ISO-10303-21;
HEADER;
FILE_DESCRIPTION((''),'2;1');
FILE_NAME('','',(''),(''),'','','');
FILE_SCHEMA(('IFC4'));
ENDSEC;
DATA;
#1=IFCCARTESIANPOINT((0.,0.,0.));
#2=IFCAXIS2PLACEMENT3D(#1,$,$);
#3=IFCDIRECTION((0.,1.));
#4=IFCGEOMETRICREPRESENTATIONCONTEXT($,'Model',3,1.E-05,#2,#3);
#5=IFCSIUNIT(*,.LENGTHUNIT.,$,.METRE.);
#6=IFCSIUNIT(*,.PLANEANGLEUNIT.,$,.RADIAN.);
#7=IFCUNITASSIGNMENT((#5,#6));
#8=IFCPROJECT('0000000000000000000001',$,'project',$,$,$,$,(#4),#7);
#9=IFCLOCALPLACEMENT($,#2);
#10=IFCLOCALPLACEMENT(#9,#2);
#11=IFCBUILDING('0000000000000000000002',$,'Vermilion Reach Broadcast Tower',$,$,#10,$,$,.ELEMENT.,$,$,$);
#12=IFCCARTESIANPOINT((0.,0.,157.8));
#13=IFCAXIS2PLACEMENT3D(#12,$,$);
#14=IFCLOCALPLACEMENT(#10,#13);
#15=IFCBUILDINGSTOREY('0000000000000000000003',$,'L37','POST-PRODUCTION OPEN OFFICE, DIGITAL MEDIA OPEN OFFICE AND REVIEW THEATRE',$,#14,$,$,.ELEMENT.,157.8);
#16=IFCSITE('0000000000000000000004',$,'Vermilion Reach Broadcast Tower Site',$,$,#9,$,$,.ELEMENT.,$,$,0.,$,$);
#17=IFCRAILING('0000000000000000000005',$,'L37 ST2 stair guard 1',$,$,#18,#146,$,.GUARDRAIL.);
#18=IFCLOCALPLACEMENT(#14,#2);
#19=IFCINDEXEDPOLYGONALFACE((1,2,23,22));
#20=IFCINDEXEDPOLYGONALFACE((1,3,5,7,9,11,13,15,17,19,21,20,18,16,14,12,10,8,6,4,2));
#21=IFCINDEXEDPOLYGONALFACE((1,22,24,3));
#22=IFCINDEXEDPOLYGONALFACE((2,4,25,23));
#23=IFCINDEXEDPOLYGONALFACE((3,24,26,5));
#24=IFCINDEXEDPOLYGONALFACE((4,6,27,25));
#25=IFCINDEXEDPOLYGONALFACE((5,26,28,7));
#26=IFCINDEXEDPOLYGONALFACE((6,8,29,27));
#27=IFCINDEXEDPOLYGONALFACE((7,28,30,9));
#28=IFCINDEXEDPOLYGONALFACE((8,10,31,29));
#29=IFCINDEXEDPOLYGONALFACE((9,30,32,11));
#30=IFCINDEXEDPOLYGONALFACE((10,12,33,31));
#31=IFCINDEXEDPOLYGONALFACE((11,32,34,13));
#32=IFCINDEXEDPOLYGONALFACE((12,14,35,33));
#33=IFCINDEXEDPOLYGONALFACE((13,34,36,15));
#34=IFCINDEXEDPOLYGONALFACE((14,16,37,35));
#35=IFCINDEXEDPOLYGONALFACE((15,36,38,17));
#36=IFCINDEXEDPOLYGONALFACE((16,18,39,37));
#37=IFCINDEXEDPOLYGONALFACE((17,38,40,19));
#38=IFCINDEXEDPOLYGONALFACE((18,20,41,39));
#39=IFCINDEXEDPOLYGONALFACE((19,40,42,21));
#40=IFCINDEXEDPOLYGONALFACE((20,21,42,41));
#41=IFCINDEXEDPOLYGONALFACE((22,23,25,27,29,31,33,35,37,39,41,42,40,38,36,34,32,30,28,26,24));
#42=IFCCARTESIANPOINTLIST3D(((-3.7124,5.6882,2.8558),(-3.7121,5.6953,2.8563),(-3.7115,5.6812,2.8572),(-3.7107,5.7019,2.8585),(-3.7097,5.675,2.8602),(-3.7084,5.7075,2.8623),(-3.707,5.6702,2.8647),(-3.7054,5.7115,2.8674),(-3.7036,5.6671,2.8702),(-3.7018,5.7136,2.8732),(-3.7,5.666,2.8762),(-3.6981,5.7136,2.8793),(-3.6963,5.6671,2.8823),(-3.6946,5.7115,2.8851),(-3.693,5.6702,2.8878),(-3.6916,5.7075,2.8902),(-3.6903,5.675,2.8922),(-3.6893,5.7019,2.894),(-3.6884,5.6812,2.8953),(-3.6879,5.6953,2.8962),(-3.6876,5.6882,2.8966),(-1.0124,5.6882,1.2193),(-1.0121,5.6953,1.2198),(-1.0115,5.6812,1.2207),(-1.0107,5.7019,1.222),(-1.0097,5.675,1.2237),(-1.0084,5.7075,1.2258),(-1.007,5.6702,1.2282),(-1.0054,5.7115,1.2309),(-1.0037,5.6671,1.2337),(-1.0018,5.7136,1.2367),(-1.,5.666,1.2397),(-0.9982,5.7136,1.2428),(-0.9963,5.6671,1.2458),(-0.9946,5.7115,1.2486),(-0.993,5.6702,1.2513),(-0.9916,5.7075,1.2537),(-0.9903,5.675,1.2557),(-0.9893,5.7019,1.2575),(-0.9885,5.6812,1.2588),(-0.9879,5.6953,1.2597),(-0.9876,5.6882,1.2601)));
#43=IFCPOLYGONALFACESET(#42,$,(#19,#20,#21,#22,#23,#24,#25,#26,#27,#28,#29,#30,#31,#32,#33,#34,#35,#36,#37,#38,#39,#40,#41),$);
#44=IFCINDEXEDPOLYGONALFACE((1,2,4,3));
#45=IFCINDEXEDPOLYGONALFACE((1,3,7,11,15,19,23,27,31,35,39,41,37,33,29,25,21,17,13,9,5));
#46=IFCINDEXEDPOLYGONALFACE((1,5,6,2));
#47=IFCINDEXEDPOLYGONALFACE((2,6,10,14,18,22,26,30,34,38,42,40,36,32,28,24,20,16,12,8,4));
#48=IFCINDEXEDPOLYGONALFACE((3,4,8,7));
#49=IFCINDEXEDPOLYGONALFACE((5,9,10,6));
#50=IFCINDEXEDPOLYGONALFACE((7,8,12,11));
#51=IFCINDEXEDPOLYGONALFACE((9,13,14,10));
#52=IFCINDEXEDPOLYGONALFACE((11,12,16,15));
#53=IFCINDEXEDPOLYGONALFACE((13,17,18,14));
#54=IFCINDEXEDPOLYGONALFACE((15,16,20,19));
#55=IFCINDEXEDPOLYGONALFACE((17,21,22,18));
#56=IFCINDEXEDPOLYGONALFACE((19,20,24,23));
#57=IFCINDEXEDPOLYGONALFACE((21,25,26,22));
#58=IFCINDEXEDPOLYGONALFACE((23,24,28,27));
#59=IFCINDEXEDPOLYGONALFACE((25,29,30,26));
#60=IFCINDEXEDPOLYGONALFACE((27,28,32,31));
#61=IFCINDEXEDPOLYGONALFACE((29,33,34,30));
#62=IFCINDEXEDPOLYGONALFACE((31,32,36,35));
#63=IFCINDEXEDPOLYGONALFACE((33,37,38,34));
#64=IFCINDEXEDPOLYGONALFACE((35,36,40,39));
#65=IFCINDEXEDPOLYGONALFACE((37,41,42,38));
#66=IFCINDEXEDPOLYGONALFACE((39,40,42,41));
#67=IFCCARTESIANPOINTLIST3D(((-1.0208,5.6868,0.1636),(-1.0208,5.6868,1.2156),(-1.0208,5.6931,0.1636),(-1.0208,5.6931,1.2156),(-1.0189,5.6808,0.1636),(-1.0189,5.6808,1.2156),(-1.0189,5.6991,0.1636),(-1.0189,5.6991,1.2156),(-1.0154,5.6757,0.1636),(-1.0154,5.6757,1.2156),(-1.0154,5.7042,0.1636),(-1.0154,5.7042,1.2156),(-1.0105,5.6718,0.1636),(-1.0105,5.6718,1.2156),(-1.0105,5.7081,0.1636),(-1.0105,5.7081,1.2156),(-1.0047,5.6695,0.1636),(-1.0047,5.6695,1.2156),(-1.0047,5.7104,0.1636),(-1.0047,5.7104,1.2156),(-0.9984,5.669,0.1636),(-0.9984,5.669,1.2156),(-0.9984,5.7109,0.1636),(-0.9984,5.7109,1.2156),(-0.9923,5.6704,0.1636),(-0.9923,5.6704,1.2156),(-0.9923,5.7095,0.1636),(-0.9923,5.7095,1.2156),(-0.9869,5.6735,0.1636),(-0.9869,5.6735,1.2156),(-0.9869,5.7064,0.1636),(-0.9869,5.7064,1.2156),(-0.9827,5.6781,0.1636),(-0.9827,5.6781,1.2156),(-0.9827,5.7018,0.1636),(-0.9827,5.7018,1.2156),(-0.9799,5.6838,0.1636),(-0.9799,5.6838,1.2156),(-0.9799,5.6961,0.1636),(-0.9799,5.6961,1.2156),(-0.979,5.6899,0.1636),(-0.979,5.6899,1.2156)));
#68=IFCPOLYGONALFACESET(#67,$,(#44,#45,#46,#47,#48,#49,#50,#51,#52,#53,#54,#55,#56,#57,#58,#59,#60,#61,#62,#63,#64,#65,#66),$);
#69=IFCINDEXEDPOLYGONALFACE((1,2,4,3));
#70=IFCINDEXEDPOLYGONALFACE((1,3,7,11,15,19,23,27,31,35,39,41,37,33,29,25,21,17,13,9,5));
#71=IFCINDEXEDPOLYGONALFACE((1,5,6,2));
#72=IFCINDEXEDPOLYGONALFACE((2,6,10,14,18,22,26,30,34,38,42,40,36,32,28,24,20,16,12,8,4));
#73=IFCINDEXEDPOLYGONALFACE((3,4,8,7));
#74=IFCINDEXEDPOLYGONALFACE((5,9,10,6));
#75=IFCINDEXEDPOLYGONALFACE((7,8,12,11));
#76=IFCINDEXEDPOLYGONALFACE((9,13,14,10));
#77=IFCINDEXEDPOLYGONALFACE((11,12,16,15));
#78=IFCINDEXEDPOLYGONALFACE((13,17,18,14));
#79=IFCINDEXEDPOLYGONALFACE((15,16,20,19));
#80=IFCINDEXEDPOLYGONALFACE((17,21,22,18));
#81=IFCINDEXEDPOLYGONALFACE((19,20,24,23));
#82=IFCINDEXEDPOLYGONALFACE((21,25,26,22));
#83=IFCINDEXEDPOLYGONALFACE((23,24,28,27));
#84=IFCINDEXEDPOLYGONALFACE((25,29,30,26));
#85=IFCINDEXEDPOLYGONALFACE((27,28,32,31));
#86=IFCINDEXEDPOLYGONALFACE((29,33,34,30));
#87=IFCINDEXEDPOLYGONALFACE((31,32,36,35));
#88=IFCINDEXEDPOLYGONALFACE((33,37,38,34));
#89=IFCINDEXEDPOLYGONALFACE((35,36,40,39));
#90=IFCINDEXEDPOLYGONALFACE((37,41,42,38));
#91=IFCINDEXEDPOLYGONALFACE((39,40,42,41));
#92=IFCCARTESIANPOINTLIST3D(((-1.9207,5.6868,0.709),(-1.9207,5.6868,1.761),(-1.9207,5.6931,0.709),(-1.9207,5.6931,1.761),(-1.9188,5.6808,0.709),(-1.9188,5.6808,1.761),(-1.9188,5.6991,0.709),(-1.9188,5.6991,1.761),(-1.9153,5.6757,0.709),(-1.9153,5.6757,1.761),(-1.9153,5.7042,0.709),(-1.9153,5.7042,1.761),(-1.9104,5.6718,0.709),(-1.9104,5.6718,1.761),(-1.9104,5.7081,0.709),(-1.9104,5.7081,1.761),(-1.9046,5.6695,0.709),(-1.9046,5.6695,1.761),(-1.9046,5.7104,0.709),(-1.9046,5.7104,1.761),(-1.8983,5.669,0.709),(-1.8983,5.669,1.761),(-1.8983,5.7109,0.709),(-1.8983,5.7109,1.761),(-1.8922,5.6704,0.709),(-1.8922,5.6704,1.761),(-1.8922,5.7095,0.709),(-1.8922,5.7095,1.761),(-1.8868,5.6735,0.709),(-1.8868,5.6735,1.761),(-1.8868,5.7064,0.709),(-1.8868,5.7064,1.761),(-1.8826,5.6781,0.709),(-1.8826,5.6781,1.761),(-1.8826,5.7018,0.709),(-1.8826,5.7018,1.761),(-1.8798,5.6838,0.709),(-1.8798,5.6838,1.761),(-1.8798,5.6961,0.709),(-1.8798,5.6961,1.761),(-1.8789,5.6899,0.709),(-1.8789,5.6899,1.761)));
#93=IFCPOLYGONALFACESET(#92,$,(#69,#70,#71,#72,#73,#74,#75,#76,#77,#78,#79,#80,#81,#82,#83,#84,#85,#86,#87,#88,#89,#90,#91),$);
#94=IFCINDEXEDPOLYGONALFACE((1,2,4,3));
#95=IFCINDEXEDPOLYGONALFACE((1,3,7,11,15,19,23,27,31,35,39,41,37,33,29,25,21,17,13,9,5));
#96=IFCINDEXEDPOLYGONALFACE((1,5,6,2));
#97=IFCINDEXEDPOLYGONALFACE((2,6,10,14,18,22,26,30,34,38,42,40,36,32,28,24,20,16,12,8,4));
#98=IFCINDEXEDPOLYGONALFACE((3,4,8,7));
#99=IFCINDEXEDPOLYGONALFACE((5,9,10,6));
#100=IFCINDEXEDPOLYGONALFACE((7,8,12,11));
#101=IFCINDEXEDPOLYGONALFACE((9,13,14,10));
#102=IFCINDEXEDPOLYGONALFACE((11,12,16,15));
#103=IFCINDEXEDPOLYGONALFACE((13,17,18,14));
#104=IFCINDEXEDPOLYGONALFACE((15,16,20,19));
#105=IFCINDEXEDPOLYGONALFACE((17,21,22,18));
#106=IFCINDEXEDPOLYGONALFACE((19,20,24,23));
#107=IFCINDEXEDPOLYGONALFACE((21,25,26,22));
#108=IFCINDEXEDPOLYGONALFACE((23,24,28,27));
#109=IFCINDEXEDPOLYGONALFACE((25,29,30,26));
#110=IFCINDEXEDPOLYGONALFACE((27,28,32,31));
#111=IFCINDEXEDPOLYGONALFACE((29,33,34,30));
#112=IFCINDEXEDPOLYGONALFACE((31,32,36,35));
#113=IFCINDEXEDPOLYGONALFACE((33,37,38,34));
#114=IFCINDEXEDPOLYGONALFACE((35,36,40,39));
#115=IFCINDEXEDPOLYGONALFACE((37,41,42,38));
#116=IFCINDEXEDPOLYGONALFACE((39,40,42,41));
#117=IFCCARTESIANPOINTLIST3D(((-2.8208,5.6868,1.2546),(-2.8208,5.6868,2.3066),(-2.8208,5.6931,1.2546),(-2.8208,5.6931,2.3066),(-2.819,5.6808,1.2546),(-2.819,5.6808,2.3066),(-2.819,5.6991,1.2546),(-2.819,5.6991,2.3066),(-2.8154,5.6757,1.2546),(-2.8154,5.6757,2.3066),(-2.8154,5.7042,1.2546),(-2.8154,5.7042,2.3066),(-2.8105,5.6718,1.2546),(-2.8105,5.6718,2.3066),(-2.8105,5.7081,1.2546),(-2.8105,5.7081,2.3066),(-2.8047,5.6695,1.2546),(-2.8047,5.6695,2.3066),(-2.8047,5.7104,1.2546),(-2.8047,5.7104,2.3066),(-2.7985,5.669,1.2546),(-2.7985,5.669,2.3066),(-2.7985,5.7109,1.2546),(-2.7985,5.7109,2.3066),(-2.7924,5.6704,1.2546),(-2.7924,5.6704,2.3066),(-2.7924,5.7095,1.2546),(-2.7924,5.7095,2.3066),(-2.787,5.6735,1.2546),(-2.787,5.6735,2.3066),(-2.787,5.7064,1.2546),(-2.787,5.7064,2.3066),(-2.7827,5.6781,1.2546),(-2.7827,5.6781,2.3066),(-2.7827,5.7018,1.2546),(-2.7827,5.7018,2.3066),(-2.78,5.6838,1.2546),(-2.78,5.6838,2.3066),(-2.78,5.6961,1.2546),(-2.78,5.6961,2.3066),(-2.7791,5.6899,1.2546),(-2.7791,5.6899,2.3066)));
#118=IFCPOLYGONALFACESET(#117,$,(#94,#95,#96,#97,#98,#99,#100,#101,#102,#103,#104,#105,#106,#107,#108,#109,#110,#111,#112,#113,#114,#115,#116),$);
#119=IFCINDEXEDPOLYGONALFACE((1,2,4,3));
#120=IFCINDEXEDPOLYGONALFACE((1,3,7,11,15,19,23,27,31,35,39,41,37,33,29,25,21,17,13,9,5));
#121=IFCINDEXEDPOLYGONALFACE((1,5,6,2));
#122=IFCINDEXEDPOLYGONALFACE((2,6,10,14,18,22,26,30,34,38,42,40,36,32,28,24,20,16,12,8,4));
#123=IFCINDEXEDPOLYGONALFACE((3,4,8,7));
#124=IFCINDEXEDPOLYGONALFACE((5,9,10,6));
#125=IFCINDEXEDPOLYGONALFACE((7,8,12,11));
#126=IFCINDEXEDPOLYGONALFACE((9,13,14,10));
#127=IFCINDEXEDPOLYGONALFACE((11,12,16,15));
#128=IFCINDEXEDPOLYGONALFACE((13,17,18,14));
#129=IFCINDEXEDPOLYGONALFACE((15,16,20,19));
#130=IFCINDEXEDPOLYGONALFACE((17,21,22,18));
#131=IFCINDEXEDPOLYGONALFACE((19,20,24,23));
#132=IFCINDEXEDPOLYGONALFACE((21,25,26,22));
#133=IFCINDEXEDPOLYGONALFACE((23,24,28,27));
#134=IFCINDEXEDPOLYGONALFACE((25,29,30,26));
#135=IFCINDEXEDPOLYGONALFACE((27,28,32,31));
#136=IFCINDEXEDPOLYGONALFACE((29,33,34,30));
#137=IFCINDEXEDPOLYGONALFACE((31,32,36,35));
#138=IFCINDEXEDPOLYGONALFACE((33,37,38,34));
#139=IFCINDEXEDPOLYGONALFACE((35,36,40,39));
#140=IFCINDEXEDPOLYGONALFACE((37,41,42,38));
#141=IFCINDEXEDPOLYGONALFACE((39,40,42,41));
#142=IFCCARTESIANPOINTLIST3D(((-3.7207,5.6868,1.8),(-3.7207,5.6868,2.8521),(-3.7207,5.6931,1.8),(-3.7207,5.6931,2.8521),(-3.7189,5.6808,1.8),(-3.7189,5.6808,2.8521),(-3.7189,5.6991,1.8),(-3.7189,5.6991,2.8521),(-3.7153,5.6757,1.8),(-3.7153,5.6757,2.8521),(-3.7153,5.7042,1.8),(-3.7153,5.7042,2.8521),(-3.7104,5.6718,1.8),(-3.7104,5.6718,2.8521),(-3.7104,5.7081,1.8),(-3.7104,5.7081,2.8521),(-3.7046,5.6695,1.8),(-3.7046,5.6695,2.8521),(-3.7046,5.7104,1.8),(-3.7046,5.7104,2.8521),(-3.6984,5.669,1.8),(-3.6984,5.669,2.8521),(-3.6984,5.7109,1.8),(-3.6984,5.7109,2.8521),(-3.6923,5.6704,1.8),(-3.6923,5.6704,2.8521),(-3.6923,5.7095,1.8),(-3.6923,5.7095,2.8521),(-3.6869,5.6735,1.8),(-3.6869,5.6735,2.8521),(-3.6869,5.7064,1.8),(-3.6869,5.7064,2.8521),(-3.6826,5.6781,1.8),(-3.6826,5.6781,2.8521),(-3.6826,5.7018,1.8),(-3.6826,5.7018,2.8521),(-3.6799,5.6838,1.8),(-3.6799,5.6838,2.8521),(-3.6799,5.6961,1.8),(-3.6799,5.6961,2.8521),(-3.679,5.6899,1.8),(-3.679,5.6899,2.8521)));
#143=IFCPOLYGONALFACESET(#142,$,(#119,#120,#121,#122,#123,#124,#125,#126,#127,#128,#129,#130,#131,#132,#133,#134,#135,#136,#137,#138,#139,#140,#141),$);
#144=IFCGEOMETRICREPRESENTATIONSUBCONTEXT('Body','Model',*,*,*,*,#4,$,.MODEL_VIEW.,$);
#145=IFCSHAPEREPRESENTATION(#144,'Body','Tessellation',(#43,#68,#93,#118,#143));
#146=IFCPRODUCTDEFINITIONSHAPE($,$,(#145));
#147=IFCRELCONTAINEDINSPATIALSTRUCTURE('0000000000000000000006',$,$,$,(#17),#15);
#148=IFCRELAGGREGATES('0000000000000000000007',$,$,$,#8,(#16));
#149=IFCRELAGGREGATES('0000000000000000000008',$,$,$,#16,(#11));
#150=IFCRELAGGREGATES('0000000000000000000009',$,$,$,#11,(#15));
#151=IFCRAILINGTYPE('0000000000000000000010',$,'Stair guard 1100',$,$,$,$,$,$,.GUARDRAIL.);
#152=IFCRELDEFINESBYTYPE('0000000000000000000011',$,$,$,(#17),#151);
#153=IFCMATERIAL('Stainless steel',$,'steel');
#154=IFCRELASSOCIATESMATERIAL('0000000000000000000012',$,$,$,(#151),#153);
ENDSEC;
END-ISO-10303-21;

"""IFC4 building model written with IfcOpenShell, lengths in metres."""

from ifc_helpers import new_model, si_unit, direction, frame, origin, origin_2d, place, context, subcontext, project, spatial, circle, extrude, material, type_object, element, save


model = new_model("IFC4")

# Units and contexts
model_context = context("Model", 3, precision=1e-05, world=origin(), true_north=direction((0.0, 1.0)))
body_context = subcontext(model_context, "Body", "Model", "MODEL_VIEW")
ifc_project = project(units=[si_unit("LENGTHUNIT", "METRE"), si_unit("PLANEANGLEUNIT", "RADIAN")], contexts=[model_context])

# Site, building, storey
site_placement = place(None, origin())
site = spatial("IfcSite", under=ifc_project, at=site_placement, Name="Vermilion Reach Broadcast Tower Site", CompositionType="ELEMENT", RefElevation=0.0)
building_placement = place(site_placement, origin())
building = spatial("IfcBuilding", under=site, at=building_placement, Name="Vermilion Reach Broadcast Tower", CompositionType="ELEMENT")
storey_placement = place(building_placement, frame((0.0, 0.0, 157.8)))
storey = spatial("IfcBuildingStorey", under=building, at=storey_placement, Name="L37", Description="POST-PRODUCTION OPEN OFFICE, DIGITAL MEDIA OPEN OFFICE AND REVIEW THEATRE", CompositionType="ELEMENT", Elevation=157.8)

# Railing
ifc_material_1 = material(Name="Stainless steel", Category="steel")
railing_type_1 = type_object("IfcRailingType", Name="Stair guard 1100", PredefinedType="GUARDRAIL", material=ifc_material_1)
railing_1_placement = place(storey_placement, frame((-1.0, 5.6899, 0.1636)))
element("IfcRailing", 1, at=railing_1_placement, inside=storey, type_object=railing_type_1, Name="L37 ST2 stair guard 1", PredefinedType="GUARDRAIL", context=body_context, shape_type="SweptSolid", body=[
    extrude(circle(Radius=0.0239, at=origin_2d()), frame((0.0, 0.0, 1.0762), z_axis=(-0.855178, 0.0, 0.518334), x_axis=(0.0, -1.0, 0.0)), (0.0, 0.0, 1.0), 3.1572),
    extrude(circle(Radius=0.021, at=origin_2d()), origin(), (0.0, 0.0, 1.0), 1.052),
    extrude(circle(Radius=0.021, at=origin_2d()), frame((-0.8999, 0.0, 0.5454)), (0.0, 0.0, 1.0), 1.052),
    extrude(circle(Radius=0.021, at=origin_2d()), frame((-1.8, 0.0, 1.0911)), (0.0, 0.0, 1.0), 1.052),
    extrude(circle(Radius=0.021, at=origin_2d()), frame((-2.7, 0.0, 1.6365)), (0.0, 0.0, 1.0), 1.052),
])

save(model, "model.ifc")
